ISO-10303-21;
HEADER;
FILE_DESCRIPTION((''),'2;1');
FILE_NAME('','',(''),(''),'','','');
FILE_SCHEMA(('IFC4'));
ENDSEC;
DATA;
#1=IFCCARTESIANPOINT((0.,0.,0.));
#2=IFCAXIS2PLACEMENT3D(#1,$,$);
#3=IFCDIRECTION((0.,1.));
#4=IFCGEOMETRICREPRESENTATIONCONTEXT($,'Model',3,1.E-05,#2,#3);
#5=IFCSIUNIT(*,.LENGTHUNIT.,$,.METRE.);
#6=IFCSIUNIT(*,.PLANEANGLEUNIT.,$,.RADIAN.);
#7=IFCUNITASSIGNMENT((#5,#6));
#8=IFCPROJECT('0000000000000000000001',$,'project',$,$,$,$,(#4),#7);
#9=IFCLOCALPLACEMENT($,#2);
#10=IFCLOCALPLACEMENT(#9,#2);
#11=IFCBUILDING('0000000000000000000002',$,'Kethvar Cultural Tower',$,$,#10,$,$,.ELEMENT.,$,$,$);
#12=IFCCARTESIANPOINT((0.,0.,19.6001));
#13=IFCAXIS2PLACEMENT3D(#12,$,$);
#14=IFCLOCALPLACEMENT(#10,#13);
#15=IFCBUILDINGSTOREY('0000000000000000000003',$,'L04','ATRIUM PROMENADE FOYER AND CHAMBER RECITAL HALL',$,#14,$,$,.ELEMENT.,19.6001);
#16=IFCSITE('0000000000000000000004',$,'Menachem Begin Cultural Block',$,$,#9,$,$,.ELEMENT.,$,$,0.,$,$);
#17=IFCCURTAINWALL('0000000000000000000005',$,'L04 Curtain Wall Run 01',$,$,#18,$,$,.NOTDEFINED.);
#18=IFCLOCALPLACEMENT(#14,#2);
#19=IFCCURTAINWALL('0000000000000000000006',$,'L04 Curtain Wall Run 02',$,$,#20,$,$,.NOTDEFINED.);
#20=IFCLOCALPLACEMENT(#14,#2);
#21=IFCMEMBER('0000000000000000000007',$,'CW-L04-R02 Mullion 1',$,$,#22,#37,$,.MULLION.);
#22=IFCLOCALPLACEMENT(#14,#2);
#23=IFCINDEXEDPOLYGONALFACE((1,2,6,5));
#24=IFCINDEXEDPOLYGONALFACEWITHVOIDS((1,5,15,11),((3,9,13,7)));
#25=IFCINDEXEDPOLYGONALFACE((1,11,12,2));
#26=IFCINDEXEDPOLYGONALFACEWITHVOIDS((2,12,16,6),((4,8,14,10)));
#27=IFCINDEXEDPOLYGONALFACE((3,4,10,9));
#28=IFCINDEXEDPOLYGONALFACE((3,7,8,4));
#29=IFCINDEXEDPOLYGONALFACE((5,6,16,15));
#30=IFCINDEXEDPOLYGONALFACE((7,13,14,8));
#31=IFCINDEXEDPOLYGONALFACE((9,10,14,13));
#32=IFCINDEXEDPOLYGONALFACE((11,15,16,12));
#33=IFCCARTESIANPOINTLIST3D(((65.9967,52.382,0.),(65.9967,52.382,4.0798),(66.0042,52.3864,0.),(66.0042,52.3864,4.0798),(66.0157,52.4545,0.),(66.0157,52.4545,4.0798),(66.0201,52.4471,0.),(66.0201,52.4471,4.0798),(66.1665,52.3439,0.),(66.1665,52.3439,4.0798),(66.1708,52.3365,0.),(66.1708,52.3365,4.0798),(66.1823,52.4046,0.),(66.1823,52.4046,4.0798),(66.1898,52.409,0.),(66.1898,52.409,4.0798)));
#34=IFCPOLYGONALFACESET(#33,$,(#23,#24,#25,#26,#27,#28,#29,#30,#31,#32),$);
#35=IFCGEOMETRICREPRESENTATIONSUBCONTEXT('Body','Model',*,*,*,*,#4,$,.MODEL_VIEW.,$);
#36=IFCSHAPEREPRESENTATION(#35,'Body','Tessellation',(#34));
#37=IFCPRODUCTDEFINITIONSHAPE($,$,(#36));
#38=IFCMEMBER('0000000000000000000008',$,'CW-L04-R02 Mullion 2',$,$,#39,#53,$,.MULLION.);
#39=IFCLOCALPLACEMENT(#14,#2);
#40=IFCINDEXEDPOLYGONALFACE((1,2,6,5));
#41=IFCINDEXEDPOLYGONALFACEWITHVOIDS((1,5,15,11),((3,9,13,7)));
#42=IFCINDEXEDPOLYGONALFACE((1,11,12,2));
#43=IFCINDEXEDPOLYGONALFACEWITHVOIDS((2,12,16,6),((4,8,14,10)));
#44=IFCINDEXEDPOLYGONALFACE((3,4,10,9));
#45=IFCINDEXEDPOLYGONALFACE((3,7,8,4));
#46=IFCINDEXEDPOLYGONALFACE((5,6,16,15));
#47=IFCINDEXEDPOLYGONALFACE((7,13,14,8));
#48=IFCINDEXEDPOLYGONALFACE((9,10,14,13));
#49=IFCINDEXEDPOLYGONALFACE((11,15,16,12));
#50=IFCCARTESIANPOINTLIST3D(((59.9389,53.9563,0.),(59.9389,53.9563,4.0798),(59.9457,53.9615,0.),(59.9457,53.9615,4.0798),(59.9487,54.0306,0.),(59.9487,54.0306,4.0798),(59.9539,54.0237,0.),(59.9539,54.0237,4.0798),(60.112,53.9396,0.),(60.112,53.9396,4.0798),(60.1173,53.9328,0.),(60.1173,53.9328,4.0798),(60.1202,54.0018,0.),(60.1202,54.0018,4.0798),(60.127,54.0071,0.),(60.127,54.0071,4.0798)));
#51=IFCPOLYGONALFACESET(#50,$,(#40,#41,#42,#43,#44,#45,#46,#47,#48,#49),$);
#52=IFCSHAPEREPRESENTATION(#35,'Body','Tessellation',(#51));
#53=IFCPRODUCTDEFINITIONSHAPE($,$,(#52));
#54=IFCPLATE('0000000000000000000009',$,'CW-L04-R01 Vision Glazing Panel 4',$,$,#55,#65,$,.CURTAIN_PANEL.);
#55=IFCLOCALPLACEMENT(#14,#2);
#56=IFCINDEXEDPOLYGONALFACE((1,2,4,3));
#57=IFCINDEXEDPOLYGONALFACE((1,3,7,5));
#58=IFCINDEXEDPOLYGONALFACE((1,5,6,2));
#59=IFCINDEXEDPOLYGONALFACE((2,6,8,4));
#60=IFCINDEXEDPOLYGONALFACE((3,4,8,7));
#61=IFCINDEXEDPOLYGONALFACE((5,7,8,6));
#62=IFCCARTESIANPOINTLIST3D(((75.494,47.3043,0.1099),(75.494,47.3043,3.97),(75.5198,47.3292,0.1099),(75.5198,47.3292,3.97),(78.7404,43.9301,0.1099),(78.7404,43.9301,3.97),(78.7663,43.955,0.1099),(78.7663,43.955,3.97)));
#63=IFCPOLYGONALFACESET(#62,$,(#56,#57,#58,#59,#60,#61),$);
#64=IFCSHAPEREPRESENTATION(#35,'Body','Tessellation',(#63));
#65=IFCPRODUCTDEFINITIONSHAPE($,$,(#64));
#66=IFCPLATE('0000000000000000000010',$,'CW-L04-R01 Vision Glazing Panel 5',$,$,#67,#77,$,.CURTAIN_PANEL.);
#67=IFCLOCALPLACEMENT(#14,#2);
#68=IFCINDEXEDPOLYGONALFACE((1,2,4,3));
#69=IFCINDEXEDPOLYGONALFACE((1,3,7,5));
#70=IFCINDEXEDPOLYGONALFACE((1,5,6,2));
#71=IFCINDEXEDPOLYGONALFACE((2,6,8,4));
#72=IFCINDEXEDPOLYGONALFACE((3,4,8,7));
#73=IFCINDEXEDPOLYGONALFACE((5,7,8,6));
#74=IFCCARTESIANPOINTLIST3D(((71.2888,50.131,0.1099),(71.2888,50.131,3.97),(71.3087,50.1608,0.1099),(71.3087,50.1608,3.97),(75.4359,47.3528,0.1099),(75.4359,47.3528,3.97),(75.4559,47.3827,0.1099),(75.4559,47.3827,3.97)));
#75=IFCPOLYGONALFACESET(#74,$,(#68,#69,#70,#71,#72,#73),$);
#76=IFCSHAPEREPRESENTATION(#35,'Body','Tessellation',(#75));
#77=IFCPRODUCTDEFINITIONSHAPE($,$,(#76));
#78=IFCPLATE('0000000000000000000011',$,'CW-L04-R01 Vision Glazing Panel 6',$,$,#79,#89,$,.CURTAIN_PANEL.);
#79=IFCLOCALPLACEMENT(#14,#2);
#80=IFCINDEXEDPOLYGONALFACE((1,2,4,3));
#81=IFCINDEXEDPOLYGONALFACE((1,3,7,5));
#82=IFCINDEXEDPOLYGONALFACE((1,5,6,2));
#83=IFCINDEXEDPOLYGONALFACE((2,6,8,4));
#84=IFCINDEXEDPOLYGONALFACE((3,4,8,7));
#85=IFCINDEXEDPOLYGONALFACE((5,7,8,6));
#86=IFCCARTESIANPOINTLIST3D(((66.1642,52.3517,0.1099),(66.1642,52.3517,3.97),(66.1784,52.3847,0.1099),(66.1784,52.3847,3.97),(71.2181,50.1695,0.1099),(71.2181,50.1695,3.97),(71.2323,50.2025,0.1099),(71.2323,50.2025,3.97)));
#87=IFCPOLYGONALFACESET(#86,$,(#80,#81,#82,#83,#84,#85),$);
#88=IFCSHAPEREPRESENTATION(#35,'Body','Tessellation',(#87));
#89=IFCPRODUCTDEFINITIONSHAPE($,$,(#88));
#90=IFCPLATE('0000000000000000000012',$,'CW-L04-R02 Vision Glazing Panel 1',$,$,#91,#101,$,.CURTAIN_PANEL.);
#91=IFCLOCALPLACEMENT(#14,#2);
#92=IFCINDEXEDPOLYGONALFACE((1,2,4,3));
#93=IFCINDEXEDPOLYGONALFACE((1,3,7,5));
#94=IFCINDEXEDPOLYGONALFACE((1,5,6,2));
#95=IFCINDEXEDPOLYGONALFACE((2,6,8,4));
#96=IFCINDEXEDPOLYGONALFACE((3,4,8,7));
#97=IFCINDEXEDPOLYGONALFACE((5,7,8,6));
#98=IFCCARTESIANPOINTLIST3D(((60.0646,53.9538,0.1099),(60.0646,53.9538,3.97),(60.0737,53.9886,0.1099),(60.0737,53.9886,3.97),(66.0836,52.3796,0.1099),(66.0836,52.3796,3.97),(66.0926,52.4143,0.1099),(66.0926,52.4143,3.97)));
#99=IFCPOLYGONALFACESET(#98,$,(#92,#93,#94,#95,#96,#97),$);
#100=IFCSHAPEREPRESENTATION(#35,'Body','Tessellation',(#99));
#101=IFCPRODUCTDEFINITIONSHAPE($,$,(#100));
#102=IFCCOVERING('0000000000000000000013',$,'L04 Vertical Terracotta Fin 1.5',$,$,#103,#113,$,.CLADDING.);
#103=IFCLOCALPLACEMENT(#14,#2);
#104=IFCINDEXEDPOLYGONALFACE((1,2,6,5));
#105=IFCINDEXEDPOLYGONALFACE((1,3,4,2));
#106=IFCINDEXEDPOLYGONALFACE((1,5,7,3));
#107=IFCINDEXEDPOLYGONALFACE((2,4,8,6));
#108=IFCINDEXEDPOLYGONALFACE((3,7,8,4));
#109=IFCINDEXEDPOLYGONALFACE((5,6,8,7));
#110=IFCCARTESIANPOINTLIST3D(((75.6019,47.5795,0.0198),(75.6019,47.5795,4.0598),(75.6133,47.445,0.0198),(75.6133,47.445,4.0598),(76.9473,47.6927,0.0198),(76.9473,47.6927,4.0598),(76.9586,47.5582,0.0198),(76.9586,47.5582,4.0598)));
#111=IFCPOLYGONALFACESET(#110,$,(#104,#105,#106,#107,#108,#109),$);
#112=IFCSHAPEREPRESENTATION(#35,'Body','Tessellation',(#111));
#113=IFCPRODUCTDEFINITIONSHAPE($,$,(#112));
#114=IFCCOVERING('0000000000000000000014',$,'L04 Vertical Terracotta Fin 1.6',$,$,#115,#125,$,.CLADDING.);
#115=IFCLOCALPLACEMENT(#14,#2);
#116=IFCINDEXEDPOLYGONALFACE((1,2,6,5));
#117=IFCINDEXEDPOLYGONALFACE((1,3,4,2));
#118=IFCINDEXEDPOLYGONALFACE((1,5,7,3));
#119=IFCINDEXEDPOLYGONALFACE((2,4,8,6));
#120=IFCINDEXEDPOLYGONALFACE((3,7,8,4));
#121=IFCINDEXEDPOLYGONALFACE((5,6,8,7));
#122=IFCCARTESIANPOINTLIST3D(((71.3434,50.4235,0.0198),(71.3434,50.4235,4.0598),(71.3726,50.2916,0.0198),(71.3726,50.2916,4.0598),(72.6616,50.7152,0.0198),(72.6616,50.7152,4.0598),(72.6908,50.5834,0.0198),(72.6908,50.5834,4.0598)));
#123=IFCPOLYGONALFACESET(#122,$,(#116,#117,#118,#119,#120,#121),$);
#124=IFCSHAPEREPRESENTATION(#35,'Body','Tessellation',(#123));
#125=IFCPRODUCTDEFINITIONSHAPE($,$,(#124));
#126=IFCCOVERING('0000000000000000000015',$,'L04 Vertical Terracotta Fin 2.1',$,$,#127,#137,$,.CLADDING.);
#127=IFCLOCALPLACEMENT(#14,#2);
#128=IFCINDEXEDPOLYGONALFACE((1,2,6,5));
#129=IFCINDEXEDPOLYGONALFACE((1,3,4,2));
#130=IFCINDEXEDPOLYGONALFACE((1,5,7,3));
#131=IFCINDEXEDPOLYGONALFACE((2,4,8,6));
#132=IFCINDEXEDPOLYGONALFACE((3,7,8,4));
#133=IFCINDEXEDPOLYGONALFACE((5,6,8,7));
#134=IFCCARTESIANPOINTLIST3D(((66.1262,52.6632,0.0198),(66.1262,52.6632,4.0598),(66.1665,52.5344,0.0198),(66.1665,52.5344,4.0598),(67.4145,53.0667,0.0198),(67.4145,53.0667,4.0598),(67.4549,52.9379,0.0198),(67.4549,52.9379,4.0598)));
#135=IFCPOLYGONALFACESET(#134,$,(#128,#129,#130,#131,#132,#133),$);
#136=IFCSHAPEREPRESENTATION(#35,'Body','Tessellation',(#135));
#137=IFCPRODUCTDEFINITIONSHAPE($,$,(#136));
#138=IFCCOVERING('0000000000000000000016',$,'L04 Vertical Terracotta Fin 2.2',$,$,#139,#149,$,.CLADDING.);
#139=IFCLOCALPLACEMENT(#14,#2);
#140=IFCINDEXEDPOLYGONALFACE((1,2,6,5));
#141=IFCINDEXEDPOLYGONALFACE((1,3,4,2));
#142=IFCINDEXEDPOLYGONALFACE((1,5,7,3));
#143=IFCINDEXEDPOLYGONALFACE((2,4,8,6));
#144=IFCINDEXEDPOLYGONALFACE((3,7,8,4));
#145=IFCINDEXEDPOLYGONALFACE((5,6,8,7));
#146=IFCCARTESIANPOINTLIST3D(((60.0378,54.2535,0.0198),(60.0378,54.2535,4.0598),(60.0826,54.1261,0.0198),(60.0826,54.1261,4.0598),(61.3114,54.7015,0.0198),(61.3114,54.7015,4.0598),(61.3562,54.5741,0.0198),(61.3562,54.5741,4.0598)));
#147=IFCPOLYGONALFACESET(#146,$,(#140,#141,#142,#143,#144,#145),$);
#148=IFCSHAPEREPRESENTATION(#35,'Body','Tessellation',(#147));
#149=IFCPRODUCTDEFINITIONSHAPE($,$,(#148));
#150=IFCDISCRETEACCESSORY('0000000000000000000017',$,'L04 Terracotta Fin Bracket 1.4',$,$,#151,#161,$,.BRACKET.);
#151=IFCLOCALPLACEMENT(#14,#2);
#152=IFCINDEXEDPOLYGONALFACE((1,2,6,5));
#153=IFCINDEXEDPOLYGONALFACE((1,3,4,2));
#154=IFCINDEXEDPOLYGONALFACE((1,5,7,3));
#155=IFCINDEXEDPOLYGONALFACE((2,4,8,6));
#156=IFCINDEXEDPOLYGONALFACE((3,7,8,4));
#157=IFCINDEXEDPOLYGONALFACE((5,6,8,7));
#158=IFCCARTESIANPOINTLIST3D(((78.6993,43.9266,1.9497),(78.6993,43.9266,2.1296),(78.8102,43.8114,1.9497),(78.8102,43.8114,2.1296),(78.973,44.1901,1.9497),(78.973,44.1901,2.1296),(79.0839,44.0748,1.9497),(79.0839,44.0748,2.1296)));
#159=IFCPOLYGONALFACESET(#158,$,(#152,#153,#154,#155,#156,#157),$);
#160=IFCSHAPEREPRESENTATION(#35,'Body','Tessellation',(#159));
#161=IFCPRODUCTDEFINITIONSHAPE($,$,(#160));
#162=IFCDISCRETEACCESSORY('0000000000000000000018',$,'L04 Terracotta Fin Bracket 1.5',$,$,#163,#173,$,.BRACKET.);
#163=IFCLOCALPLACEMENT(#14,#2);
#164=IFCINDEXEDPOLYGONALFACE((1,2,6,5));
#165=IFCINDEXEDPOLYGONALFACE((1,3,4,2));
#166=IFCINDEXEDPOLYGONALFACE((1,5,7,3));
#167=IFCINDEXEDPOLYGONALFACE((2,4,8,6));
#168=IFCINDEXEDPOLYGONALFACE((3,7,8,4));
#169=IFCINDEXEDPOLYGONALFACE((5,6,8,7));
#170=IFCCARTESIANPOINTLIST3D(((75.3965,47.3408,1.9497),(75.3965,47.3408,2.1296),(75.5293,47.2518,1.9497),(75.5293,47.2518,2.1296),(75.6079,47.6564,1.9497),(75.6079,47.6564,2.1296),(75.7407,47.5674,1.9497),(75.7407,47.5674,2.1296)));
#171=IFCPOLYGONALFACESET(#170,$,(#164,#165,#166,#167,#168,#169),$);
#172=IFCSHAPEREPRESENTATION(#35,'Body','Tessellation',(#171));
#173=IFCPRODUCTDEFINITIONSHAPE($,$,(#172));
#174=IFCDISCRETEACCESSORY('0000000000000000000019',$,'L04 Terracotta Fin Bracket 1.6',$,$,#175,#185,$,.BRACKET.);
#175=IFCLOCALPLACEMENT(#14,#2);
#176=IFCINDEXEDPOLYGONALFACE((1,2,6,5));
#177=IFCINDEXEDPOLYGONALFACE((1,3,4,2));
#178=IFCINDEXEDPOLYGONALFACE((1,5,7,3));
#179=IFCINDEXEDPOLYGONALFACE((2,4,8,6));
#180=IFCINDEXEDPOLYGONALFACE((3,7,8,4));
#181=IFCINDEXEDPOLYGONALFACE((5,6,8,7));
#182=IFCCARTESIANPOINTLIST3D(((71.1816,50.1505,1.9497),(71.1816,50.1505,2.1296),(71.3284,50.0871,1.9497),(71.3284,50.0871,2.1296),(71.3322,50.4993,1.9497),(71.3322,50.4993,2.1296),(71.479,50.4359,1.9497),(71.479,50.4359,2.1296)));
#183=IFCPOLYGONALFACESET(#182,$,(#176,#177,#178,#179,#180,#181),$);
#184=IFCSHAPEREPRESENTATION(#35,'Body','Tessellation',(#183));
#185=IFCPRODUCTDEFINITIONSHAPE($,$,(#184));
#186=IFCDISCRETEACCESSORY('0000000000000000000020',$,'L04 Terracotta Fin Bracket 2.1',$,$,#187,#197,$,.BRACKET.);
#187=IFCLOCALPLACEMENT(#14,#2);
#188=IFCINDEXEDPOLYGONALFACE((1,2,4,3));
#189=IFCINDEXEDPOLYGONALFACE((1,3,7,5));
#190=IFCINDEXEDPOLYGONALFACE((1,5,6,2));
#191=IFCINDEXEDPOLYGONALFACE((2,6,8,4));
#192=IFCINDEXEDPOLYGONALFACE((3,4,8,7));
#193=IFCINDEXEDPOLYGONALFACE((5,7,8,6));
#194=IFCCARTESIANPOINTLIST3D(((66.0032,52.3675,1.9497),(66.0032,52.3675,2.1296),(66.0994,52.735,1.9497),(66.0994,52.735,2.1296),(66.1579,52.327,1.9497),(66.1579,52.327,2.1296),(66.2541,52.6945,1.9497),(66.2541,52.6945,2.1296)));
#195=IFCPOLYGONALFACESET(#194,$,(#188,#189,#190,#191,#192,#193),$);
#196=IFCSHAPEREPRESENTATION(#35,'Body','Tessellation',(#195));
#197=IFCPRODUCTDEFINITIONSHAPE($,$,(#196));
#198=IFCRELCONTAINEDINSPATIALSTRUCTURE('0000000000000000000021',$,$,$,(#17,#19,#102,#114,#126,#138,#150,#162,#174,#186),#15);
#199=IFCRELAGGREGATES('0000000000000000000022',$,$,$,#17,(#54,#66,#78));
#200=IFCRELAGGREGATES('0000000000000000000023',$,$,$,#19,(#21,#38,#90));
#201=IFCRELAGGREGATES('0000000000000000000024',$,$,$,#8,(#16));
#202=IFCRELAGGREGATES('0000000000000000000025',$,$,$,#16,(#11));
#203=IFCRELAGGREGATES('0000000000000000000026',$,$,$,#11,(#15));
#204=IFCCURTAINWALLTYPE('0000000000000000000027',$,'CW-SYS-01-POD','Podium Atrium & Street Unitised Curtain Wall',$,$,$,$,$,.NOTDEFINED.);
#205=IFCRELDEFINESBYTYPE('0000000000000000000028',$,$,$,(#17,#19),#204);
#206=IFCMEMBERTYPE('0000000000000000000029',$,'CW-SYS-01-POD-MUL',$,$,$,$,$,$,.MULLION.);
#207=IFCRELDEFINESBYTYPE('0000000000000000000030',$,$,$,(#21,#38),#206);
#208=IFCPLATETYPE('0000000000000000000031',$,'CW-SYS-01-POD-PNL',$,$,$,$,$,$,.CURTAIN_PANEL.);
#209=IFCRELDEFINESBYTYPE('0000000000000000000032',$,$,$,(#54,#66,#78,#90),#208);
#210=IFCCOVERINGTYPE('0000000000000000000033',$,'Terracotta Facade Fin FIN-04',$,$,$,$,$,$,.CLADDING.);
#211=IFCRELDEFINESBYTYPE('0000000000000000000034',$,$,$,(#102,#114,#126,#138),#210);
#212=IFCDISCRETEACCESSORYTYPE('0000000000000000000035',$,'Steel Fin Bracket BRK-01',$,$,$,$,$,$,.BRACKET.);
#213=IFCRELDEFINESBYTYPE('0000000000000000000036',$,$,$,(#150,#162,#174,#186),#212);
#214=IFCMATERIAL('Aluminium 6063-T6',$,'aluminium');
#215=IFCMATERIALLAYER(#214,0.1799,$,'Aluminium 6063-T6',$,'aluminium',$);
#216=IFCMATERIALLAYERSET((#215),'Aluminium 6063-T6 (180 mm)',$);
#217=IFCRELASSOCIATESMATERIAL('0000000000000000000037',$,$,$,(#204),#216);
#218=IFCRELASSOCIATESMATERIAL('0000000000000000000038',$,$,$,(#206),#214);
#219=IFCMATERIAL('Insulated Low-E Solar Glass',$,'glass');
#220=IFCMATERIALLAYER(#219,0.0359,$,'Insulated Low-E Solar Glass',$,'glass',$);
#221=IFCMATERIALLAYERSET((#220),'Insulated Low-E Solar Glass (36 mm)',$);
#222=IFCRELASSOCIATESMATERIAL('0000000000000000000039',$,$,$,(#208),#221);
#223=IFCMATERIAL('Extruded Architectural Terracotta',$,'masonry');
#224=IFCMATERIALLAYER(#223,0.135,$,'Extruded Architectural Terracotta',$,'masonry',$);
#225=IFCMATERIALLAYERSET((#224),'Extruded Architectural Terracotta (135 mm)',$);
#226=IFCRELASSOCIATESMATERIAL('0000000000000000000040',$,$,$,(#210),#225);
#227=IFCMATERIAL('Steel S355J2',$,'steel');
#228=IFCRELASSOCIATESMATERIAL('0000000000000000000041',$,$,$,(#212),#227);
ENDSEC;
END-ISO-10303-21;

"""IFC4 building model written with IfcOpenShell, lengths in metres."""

from ifc_helpers import new_model, si_unit, direction, frame, origin, origin_2d, place, context, subcontext, project, spatial, rectangle, hollow_rectangle, extrude, source, transform, mapped, material, layer, layer_set, material_profile, profile_set, type_object, element, aggregate, save


model = new_model("IFC4")

# Units and contexts
model_context = context("Model", 3, precision=1e-05, world=origin(), true_north=direction((0.0, 1.0)))
body_context = subcontext(model_context, "Body", "Model", "MODEL_VIEW")
ifc_project = project(units=[si_unit("LENGTHUNIT", "METRE"), si_unit("PLANEANGLEUNIT", "RADIAN")], contexts=[model_context])

# Site, building, storey
site_placement = place(None, origin())
site = spatial("IfcSite", under=ifc_project, at=site_placement, Name="Menachem Begin Cultural Block", CompositionType="ELEMENT", RefElevation=0.0)
building_placement = place(site_placement, origin())
building = spatial("IfcBuilding", under=site, at=building_placement, Name="Kethvar Cultural Tower", CompositionType="ELEMENT")
storey_placement = place(building_placement, frame((0.0, 0.0, 19.6001)))
storey = spatial("IfcBuildingStorey", under=building, at=storey_placement, Name="L04", Description="ATRIUM PROMENADE FOYER AND CHAMBER RECITAL HALL", CompositionType="ELEMENT", Elevation=19.6001)

# Shared definitions
ifc_material_1 = material(Name="Steel S355J2", Category="steel")

# Curtain walls
ifc_material_2 = material(Name="Aluminium 6063-T6", Category="aluminium")
ifc_layer_1 = layer(ifc_material_2, 0.1799, Name="Aluminium 6063-T6", Category="aluminium")
ifc_layer_set_1 = layer_set([ifc_layer_1], Name="Aluminium 6063-T6 (180 mm)")
curtain_wall_type = type_object("IfcCurtainWallType", Name="CW-SYS-01-POD", Description="Podium Atrium & Street Unitised Curtain Wall", PredefinedType="NOTDEFINED", material=ifc_layer_set_1)
curtain_wall_1_placement = place(storey_placement, origin())
curtain_wall_1 = element("IfcCurtainWall", 1, at=curtain_wall_1_placement, inside=storey, type_object=curtain_wall_type, Name="L04 Curtain Wall Run 01", PredefinedType="NOTDEFINED")
curtain_wall_2_placement = place(storey_placement, origin())
curtain_wall_2 = element("IfcCurtainWall", 2, at=curtain_wall_2_placement, inside=storey, type_object=curtain_wall_type, Name="L04 Curtain Wall Run 02", PredefinedType="NOTDEFINED")

# Members
ifc_material_profile_1 = material_profile(ifc_material_2, hollow_rectangle(XDim=0.075, YDim=0.1799, WallThickness=0.0061, at=origin_2d()), Name="Aluminium 6063-T6 — RHS180x75x6")
ifc_profile_set_1 = profile_set([ifc_material_profile_1], Name="Aluminium 6063-T6 — RHS180x75x6")
member_type_1 = type_object("IfcMemberType", Name="CW-SYS-01-POD-MUL", PredefinedType="MULLION", material=ifc_profile_set_1)
shared_shape_1 = source(origin(), body_context, "Body", "SweptSolid", [
    extrude(hollow_rectangle(XDim=0.075, YDim=0.1799, WallThickness=0.0061, at=origin_2d()), origin(), (0.0, 0.0, 1.0), 4.0798),
])
member_1_placement = place(storey_placement, frame((66.0933, 52.3955, 0.0), z_axis=(0.0, 0.0, 1.0), x_axis=(-0.253032, -0.967458, 0.0)))
member_1 = element("IfcMember", 3, at=member_1_placement, type_object=member_type_1, Name="CW-L04-R02 Mullion 1", PredefinedType="MULLION", context=body_context, shape_type="MappedRepresentation", body=[
    mapped(shared_shape_1, transform((0.0, 0.0, 0.0), scale=1.0)),
])
member_2_placement = place(storey_placement, frame((60.033, 53.9817, 0.0), z_axis=(0.0, 0.0, 1.0), x_axis=(-0.130647, -0.991429, 0.0)))
member_2 = element("IfcMember", 4, at=member_2_placement, type_object=member_type_1, Name="CW-L04-R02 Mullion 2", PredefinedType="MULLION", context=body_context, shape_type="MappedRepresentation", body=[
    mapped(shared_shape_1, transform((0.0, 0.0, 0.0), scale=1.0)),
])

# Plates
ifc_material_3 = material(Name="Insulated Low-E Solar Glass", Category="glass")
ifc_layer_2 = layer(ifc_material_3, 0.0359, Name="Insulated Low-E Solar Glass", Category="glass")
ifc_layer_set_2 = layer_set([ifc_layer_2], Name="Insulated Low-E Solar Glass (36 mm)")
plate_type = type_object("IfcPlateType", Name="CW-SYS-01-POD-PNL", PredefinedType="CURTAIN_PANEL", material=ifc_layer_set_2)
shared_shape_2 = source(origin(), body_context, "Body", "SweptSolid", [
    extrude(rectangle(XDim=4.6824, YDim=0.0359, at=origin_2d()), origin(), (0.0, 0.0, 1.0), 3.8601),
])
plate_1_placement = place(storey_placement, frame((77.1301, 45.6296, 0.1099), z_axis=(0.0, 0.0, 1.0), x_axis=(-0.693339, 0.720612, 0.0)))
plate_1 = element("IfcPlate", 5, at=plate_1_placement, type_object=plate_type, Name="CW-L04-R01 Vision Glazing Panel 4", PredefinedType="CURTAIN_PANEL", context=body_context, shape_type="MappedRepresentation", body=[
    mapped(shared_shape_2, transform((0.0, 0.0, 0.0), scale=1.0)),
])
shared_shape_3 = source(origin(), body_context, "Body", "SweptSolid", [
    extrude(rectangle(XDim=4.9917, YDim=0.0359, at=origin_2d()), origin(), (0.0, 0.0, 1.0), 3.8601),
])
plate_2_placement = place(storey_placement, frame((73.3723, 48.7568, 0.1099), z_axis=(0.0, 0.0, 1.0), x_axis=(-0.83081, 0.556557, 0.0)))
plate_2 = element("IfcPlate", 6, at=plate_2_placement, type_object=plate_type, Name="CW-L04-R01 Vision Glazing Panel 5", PredefinedType="CURTAIN_PANEL", context=body_context, shape_type="MappedRepresentation", body=[
    mapped(shared_shape_3, transform((0.0, 0.0, 0.0), scale=1.0)),
])
shared_shape_4 = source(origin(), body_context, "Body", "SweptSolid", [
    extrude(rectangle(XDim=5.5049, YDim=0.0359, at=origin_2d()), origin(), (0.0, 0.0, 1.0), 3.8601),
])
plate_3_placement = place(storey_placement, frame((68.6982, 51.2771, 0.1099), z_axis=(0.0, 0.0, 1.0), x_axis=(-0.918073, 0.396411, 0.0)))
plate_3 = element("IfcPlate", 7, at=plate_3_placement, type_object=plate_type, Name="CW-L04-R01 Vision Glazing Panel 6", PredefinedType="CURTAIN_PANEL", context=body_context, shape_type="MappedRepresentation", body=[
    mapped(shared_shape_4, transform((0.0, 0.0, 0.0), scale=1.0)),
])
aggregate(curtain_wall_1, [plate_1, plate_2, plate_3])
shared_shape_5 = source(origin(), body_context, "Body", "SweptSolid", [
    extrude(rectangle(XDim=6.2214, YDim=0.0359, at=origin_2d()), origin(), (0.0, 0.0, 1.0), 3.8601),
])
plate_4_placement = place(storey_placement, frame((63.0786, 53.1841, 0.1099), z_axis=(0.0, 0.0, 1.0), x_axis=(-0.967458, 0.253032, 0.0)))
plate_4 = element("IfcPlate", 8, at=plate_4_placement, type_object=plate_type, Name="CW-L04-R02 Vision Glazing Panel 1", PredefinedType="CURTAIN_PANEL", context=body_context, shape_type="MappedRepresentation", body=[
    mapped(shared_shape_5, transform((0.0, 0.0, 0.0), scale=1.0)),
])
aggregate(curtain_wall_2, [member_1, member_2, plate_4])

# Coverings
ifc_material_4 = material(Name="Extruded Architectural Terracotta", Category="masonry")
ifc_layer_3 = layer(ifc_material_4, 0.135, Name="Extruded Architectural Terracotta", Category="masonry")
ifc_layer_set_3 = layer_set([ifc_layer_3], Name="Extruded Architectural Terracotta (135 mm)")
covering_type = type_object("IfcCoveringType", Name="Terracotta Facade Fin FIN-04", PredefinedType="CLADDING", material=ifc_layer_set_3)
shared_shape_6 = source(origin(), body_context, "Body", "SweptSolid", [
    extrude(rectangle(XDim=1.3501, YDim=0.135, at=origin_2d()), origin(), (0.0, 0.0, 1.0), 4.04),
])
for number, where, z_axis, x_axis, name in (
    (9, (76.2803, 47.5688, 0.0198), (0.0, 0.0, 1.0), (0.996478, 0.083852, 0.0), "L04 Vertical Terracotta Fin 1.5"),
    (10, (72.0171, 50.5034, 0.0198), (0.0, 0.0, 1.0), (0.976371, 0.216099, 0.0), "L04 Vertical Terracotta Fin 1.6"),
    (11, (66.7905, 52.8005, 0.0198), (0.0, 0.0, 1.0), (0.954293, 0.298874, 0.0), "L04 Vertical Terracotta Fin 2.1"),
    (12, (60.697, 54.4138, 0.0198), (0.0, 0.0, 1.0), (0.943339, 0.331832, 0.0), "L04 Vertical Terracotta Fin 2.2"),
):
    element("IfcCovering", number, at=place(storey_placement, frame(where, z_axis=z_axis, x_axis=x_axis)), inside=storey, type_object=covering_type, Name=name, PredefinedType="CLADDING", context=body_context, shape_type="MappedRepresentation", body=[
        mapped(shared_shape_6, transform((0.0, 0.0, 0.0), scale=1.0)),
    ])

# Discrete accessories
discrete_accessory_type = type_object("IfcDiscreteAccessoryType", Name="Steel Fin Bracket BRK-01", PredefinedType="BRACKET", material=ifc_material_1)
shared_shape_7 = source(origin(), body_context, "Body", "SweptSolid", [
    extrude(rectangle(XDim=0.3799, YDim=0.1599, at=origin_2d()), origin(), (0.0, 0.0, 1.0), 0.1799),
])
for number, where, z_axis, x_axis, name in (
    (13, (78.8916, 44.0007, 1.9497), (0.0, 0.0, 1.0), (0.720551, 0.693402, 0.0), "L04 Terracotta Fin Bracket 1.4"),
    (14, (75.5686, 47.4541, 1.9497), (0.0, 0.0, 1.0), (0.556586, 0.83079, 0.0), "L04 Terracotta Fin Bracket 1.5"),
    (15, (71.3303, 50.2932, 1.9497), (0.0, 0.0, 1.0), (0.396347, 0.918101, 0.0), "L04 Terracotta Fin Bracket 1.6"),
    (16, (66.1287, 52.531, 1.9497), (0.0, 0.0, 1.0), (0.253083, 0.967445, 0.0), "L04 Terracotta Fin Bracket 2.1"),
):
    element("IfcDiscreteAccessory", number, at=place(storey_placement, frame(where, z_axis=z_axis, x_axis=x_axis)), inside=storey, type_object=discrete_accessory_type, Name=name, PredefinedType="BRACKET", context=body_context, shape_type="MappedRepresentation", body=[
        mapped(shared_shape_7, transform((0.0, 0.0, 0.0), scale=1.0)),
    ])

save(model, "model.ifc")
